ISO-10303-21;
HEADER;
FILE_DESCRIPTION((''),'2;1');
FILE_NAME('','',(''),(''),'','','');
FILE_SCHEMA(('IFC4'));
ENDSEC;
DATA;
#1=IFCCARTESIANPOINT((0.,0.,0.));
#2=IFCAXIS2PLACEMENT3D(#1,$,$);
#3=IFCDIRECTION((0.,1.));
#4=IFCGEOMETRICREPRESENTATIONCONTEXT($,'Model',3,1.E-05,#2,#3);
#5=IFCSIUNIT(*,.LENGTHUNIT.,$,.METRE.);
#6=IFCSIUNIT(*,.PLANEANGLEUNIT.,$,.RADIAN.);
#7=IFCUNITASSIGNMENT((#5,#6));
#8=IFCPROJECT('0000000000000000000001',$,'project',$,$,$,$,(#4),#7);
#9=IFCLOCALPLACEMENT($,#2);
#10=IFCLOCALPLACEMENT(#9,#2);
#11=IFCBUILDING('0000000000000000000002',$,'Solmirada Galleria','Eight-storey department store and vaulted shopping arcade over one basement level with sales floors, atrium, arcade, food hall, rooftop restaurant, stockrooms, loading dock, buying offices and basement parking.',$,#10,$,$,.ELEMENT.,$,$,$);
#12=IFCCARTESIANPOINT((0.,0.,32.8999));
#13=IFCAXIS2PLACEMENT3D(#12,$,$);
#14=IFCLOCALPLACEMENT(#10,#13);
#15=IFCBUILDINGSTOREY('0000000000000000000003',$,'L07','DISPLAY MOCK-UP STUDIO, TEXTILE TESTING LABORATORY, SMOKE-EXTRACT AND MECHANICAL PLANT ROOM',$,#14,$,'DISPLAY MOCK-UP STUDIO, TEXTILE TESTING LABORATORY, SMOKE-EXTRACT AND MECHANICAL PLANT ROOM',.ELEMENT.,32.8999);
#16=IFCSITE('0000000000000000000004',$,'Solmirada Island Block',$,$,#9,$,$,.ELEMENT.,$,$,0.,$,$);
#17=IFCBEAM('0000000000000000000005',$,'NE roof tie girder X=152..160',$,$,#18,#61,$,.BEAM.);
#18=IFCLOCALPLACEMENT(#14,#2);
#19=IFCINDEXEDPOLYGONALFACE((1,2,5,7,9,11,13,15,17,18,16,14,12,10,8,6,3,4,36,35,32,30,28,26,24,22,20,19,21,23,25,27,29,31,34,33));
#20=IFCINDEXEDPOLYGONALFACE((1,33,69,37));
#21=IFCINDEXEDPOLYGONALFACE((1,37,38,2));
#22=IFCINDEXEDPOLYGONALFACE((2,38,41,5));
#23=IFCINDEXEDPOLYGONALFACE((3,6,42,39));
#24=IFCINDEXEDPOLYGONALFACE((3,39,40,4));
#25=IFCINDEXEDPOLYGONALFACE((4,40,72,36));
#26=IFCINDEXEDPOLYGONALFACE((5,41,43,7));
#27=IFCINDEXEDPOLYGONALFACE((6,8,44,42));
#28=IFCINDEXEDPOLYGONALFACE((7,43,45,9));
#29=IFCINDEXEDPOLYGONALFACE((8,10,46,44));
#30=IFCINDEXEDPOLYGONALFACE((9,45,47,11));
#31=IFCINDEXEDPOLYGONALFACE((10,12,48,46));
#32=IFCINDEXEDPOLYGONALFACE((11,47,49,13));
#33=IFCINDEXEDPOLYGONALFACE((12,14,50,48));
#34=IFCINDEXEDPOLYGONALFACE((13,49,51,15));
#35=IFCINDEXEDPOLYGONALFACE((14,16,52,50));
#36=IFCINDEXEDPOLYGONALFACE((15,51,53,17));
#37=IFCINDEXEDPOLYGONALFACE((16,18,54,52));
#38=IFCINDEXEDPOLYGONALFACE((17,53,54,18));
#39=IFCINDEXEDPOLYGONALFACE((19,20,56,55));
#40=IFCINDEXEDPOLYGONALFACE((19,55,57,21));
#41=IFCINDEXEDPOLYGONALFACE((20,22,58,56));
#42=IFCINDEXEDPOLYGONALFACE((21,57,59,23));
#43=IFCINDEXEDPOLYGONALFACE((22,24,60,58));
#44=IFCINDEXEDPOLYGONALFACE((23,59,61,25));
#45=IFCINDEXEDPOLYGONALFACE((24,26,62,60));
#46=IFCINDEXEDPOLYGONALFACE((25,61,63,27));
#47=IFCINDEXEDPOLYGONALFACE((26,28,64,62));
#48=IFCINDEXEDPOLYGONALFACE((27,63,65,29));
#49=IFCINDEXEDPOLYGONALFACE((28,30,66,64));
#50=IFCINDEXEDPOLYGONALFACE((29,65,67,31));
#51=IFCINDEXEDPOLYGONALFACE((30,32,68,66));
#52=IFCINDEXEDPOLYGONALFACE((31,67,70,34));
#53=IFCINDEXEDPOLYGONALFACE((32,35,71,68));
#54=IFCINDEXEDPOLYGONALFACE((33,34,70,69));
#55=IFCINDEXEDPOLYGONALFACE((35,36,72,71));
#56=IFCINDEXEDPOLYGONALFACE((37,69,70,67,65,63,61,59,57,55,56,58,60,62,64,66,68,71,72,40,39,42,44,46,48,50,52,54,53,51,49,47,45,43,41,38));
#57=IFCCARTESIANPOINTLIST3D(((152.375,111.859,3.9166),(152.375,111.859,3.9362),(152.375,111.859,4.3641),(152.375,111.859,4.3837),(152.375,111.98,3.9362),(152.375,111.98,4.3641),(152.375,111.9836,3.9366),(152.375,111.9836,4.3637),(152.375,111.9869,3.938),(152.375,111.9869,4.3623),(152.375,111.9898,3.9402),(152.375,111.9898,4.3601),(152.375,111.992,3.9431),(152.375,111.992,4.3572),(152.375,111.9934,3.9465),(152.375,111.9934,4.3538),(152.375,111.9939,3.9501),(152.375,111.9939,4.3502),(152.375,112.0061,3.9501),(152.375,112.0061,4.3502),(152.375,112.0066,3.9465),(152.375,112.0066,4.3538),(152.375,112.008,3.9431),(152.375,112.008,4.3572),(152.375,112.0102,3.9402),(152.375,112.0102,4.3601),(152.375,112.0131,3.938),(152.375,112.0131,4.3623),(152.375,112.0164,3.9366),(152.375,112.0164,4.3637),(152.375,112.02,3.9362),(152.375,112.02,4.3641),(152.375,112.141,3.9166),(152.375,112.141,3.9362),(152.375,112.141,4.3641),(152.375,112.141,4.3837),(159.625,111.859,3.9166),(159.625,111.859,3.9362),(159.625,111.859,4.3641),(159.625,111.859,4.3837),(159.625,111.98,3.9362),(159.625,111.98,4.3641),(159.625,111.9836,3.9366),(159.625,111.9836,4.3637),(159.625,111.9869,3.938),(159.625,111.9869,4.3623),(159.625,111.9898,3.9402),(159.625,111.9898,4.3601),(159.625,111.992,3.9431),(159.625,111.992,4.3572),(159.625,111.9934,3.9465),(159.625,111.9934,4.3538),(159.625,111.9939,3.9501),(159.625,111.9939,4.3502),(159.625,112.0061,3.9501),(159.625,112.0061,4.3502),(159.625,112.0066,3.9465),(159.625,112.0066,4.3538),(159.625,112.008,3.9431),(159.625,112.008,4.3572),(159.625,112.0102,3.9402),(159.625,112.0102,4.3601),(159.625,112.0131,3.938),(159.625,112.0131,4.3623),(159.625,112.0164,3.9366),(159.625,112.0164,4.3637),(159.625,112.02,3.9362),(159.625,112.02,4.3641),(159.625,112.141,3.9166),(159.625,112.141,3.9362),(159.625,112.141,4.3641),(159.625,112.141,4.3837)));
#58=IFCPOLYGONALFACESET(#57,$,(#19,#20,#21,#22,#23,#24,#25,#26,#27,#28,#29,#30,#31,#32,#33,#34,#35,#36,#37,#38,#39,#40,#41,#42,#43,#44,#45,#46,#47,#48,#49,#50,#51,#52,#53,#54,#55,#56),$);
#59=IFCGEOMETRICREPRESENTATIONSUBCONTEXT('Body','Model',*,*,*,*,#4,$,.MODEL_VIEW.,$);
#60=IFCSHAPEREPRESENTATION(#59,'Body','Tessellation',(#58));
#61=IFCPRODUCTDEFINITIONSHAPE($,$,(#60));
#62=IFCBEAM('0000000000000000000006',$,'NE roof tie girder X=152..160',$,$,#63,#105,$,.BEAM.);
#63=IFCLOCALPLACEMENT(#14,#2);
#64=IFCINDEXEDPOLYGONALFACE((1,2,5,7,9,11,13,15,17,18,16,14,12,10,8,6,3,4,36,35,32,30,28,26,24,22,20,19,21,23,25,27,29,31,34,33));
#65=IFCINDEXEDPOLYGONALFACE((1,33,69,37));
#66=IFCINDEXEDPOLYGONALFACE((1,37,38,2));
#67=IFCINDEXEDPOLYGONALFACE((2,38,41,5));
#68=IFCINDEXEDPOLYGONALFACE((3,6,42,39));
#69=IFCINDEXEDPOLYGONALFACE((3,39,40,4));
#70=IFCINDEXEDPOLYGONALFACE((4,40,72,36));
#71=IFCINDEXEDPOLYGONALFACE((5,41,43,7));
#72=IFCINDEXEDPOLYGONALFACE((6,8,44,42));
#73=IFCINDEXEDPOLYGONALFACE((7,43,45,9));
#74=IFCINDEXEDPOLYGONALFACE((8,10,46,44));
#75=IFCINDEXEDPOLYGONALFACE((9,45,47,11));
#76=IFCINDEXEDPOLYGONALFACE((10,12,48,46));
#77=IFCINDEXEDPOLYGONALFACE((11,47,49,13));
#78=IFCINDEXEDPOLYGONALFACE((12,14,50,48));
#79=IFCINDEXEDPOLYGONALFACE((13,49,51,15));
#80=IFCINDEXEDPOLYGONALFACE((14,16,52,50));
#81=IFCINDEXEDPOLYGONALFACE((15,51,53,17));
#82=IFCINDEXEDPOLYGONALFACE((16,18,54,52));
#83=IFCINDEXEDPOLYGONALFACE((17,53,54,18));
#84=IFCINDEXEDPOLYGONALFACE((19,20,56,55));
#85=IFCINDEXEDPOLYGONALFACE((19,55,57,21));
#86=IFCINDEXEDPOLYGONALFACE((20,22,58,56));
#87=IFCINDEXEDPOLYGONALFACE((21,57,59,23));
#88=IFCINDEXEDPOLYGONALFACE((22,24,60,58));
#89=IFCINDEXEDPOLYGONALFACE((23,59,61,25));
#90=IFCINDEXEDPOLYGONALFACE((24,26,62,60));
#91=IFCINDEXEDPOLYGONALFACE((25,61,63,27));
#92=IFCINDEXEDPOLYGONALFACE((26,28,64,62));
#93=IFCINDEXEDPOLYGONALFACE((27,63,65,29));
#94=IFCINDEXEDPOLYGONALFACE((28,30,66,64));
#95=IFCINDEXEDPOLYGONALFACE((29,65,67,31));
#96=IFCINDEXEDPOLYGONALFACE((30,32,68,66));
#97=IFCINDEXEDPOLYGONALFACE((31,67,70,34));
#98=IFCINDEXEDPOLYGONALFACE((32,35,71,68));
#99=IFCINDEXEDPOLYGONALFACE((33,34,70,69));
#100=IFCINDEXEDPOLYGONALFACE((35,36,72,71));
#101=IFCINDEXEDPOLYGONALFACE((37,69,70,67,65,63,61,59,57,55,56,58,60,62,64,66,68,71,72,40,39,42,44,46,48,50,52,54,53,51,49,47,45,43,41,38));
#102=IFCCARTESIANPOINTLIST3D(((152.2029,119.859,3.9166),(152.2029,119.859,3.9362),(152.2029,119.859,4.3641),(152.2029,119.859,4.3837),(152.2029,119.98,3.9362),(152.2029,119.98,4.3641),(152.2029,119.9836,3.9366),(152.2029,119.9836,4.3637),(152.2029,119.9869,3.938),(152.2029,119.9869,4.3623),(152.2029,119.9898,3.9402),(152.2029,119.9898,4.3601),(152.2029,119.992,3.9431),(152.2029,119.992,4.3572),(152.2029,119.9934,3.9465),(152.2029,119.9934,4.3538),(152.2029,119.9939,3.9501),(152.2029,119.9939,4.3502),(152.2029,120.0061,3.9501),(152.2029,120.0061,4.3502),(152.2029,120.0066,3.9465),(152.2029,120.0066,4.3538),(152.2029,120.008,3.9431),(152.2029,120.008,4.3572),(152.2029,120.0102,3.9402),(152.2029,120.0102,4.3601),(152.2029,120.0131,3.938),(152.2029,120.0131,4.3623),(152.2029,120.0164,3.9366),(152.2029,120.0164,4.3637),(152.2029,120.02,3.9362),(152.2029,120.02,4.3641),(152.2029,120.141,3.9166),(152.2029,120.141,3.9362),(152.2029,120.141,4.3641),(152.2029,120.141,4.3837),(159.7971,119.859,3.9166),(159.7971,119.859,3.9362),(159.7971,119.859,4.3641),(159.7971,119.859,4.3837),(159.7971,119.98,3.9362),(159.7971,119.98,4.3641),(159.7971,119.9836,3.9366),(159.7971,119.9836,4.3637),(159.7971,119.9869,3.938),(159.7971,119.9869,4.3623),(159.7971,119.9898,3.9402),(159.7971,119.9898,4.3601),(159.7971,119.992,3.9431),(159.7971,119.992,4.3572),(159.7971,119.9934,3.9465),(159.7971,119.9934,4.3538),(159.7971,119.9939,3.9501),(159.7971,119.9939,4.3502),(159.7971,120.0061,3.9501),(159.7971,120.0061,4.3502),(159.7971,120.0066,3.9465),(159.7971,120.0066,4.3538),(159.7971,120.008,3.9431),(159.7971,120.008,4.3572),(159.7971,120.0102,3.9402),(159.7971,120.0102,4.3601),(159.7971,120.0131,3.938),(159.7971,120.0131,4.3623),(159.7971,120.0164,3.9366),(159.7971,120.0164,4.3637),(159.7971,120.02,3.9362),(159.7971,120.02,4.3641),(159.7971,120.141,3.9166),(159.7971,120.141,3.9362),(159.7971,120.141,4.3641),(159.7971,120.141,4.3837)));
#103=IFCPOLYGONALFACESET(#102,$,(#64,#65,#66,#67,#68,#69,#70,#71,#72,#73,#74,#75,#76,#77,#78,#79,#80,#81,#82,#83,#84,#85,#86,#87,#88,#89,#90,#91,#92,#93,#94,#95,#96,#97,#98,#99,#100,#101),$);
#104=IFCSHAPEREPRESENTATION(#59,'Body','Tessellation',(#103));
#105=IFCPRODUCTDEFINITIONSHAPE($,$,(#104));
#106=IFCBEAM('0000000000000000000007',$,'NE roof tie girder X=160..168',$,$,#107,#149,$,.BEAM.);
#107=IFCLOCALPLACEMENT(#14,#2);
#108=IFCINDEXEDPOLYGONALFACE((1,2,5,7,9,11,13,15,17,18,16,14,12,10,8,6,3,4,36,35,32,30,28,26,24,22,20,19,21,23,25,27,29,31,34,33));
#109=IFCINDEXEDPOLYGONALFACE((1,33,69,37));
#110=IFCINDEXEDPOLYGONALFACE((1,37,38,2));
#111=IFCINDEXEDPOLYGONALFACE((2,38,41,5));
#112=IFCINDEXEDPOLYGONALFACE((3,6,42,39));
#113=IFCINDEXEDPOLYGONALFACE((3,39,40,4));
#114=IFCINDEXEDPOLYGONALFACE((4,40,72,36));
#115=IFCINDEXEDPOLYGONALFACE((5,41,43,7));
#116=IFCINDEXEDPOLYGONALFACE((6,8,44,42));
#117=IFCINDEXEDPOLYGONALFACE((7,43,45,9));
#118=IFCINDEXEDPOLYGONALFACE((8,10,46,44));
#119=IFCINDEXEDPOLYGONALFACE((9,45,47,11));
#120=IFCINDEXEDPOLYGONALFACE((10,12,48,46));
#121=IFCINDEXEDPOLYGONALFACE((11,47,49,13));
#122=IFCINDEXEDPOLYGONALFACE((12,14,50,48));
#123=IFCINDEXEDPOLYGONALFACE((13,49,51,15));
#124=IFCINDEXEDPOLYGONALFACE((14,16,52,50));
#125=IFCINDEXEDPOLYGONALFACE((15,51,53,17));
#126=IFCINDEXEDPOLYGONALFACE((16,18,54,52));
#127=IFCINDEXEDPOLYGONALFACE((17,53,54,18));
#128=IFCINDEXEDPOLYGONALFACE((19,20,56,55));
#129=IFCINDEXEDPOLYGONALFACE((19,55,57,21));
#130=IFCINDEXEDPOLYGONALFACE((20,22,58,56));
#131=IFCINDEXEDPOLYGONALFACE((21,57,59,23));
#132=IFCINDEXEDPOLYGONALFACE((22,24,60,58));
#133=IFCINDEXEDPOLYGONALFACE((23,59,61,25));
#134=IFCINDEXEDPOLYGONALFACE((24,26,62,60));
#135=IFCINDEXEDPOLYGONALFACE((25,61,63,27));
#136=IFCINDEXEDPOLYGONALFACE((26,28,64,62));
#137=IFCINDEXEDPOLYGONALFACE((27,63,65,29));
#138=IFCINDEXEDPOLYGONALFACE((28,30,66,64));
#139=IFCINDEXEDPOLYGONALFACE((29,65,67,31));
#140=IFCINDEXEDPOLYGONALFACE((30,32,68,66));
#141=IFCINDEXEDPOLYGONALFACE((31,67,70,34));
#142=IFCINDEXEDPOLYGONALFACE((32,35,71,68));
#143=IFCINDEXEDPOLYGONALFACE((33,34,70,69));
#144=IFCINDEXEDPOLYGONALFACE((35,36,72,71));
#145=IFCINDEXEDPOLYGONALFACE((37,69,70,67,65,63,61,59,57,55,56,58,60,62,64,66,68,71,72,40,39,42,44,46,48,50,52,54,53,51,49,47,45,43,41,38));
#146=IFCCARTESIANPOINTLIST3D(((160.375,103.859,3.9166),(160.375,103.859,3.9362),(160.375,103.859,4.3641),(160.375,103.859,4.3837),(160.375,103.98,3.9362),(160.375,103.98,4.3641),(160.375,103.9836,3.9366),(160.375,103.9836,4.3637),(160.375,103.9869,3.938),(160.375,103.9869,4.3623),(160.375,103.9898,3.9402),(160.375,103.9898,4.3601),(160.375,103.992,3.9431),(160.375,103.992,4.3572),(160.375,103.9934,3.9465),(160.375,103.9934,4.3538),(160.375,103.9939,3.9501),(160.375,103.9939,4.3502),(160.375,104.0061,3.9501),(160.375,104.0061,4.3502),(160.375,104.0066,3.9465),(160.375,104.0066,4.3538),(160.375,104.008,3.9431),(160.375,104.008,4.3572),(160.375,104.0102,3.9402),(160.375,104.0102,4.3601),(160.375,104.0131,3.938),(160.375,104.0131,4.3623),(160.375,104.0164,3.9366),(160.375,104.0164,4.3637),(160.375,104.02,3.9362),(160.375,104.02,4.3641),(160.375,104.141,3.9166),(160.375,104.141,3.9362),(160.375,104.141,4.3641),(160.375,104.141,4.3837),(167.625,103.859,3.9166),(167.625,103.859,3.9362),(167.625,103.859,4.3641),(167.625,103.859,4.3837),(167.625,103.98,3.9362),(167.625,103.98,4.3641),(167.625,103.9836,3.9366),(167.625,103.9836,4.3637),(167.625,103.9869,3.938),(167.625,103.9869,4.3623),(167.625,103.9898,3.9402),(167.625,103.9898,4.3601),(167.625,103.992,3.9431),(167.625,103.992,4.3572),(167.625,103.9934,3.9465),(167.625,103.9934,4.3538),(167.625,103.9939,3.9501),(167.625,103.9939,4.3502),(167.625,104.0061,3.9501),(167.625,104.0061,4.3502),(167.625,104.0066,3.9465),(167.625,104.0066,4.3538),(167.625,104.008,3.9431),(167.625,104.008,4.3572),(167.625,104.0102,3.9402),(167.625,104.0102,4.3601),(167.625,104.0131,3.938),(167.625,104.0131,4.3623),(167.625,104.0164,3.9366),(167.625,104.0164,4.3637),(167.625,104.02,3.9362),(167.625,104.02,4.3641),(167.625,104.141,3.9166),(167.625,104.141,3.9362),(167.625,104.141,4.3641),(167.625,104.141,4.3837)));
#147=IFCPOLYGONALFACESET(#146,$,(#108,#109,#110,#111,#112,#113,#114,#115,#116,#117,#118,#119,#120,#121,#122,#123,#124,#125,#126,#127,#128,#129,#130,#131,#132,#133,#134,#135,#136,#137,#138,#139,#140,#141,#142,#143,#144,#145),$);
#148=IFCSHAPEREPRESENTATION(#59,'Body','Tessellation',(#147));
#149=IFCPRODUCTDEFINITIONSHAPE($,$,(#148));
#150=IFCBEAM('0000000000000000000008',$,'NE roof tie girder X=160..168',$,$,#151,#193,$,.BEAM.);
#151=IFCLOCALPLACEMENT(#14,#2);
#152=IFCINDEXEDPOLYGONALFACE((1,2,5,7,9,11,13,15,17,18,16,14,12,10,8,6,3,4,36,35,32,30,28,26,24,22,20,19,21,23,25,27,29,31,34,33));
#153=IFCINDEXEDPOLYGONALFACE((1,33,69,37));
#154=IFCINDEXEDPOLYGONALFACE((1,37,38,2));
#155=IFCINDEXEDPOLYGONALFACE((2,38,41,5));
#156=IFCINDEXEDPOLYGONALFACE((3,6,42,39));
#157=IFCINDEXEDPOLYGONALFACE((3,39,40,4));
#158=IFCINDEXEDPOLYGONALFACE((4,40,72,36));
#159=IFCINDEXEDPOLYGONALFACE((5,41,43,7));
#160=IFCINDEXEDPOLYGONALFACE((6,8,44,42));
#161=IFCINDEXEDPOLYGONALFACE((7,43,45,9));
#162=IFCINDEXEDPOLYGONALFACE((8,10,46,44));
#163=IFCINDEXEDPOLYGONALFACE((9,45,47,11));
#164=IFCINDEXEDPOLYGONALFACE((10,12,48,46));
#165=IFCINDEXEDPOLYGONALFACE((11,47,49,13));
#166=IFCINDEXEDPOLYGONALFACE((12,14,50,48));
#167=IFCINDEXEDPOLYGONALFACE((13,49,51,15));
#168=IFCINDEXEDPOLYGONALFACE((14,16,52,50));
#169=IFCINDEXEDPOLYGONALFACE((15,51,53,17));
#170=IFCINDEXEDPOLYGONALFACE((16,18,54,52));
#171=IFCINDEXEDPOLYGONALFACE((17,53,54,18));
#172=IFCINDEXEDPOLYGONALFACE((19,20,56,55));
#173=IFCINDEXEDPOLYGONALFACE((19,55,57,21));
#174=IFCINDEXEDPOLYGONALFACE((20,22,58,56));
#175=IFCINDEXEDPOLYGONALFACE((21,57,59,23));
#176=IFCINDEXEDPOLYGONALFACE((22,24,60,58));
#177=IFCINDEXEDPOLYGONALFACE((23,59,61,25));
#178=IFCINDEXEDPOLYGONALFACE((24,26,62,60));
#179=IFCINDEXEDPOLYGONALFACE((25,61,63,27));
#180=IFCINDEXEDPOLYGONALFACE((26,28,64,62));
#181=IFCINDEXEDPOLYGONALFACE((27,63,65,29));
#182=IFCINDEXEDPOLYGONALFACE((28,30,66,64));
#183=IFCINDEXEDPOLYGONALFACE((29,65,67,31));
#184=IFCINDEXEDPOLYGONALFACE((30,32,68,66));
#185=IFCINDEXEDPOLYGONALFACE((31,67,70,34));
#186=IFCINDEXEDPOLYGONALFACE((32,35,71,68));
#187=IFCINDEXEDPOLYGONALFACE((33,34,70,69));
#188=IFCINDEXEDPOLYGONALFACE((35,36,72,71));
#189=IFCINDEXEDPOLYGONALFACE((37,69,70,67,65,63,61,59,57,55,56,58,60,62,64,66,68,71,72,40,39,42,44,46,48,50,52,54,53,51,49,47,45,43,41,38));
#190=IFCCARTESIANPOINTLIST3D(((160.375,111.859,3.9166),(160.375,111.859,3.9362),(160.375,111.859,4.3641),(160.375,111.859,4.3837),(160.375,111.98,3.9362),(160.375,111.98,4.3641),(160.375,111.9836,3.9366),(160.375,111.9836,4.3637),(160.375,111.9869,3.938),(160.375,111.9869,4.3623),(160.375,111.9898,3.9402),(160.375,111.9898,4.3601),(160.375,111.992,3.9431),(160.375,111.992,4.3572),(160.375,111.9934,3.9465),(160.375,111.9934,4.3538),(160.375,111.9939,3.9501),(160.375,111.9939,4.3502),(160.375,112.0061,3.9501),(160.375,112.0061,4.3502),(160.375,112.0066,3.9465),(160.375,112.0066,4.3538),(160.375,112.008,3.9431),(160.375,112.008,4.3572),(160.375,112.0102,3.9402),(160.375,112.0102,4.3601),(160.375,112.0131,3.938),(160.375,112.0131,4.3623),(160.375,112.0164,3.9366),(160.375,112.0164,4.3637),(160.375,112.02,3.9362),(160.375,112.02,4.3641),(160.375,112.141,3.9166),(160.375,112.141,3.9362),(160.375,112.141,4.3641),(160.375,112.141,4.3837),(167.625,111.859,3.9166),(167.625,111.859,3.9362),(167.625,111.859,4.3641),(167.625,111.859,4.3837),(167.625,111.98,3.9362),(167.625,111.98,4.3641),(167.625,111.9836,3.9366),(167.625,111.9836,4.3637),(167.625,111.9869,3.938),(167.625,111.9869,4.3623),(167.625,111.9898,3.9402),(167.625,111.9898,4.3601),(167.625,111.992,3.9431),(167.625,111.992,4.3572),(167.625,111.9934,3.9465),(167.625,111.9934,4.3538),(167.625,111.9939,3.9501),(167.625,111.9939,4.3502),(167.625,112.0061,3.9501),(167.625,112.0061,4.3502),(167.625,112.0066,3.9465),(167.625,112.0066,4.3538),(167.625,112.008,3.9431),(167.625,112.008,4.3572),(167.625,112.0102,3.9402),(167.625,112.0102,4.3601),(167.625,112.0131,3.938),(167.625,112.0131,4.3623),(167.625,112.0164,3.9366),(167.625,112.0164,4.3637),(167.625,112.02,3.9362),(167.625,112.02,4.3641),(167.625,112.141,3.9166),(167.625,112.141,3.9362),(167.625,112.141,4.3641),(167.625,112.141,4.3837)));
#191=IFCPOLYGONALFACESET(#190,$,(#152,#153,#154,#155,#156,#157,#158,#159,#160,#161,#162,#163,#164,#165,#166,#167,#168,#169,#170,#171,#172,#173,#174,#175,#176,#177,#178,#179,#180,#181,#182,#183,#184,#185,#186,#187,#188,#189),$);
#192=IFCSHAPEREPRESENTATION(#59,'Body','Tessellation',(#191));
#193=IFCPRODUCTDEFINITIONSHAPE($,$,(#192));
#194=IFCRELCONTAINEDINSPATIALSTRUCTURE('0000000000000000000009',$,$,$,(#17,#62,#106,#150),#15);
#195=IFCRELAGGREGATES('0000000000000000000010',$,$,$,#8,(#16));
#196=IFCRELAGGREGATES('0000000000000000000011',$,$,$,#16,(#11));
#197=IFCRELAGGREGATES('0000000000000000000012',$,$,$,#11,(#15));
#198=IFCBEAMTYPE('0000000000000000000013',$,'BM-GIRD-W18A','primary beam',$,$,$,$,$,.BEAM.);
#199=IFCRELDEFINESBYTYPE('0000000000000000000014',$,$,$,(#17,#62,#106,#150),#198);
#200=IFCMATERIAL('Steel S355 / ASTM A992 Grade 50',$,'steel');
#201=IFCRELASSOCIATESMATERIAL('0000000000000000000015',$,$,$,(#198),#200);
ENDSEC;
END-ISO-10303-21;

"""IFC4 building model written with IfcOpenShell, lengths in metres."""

from ifc_helpers import new_model, si_unit, direction, frame, origin, origin_2d, place, context, subcontext, project, spatial, i_section, extrude, material, material_profile, profile_set, type_object, element, save


model = new_model("IFC4")

# Units and contexts
model_context = context("Model", 3, precision=1e-05, world=origin(), true_north=direction((0.0, 1.0)))
body_context = subcontext(model_context, "Body", "Model", "MODEL_VIEW")
ifc_project = project(units=[si_unit("LENGTHUNIT", "METRE"), si_unit("PLANEANGLEUNIT", "RADIAN")], contexts=[model_context])

# Site, building, storey
site_placement = place(None, origin())
site = spatial("IfcSite", under=ifc_project, at=site_placement, Name="Solmirada Island Block", CompositionType="ELEMENT", RefElevation=0.0)
building_placement = place(site_placement, origin())
building = spatial("IfcBuilding", under=site, at=building_placement, Name="Solmirada Galleria", Description="Eight-storey department store and vaulted shopping arcade over one basement level with sales floors, atrium, arcade, food hall, rooftop restaurant, stockrooms, loading dock, buying offices and basement parking.", CompositionType="ELEMENT")
storey_placement = place(building_placement, frame((0.0, 0.0, 32.8999)))
storey = spatial("IfcBuildingStorey", under=building, at=storey_placement, Name="L07", Description="DISPLAY MOCK-UP STUDIO, TEXTILE TESTING LABORATORY, SMOKE-EXTRACT AND MECHANICAL PLANT ROOM", LongName="DISPLAY MOCK-UP STUDIO, TEXTILE TESTING LABORATORY, SMOKE-EXTRACT AND MECHANICAL PLANT ROOM", CompositionType="ELEMENT", Elevation=32.8999)

# Beams
ifc_material_1 = material(Name="Steel S355 / ASTM A992 Grade 50", Category="steel")
ifc_material_profile_1 = material_profile(ifc_material_1, i_section(OverallWidth=0.282, OverallDepth=0.467, WebThickness=0.0122, FlangeThickness=0.0195, FilletRadius=0.0139, at=origin_2d()), Name="W18X86")
ifc_profile_set_1 = profile_set([ifc_material_profile_1], Name="Steel S355 / ASTM A992 Grade 50")
beam_type = type_object("IfcBeamType", Name="BM-GIRD-W18A", Description="primary beam", PredefinedType="BEAM", material=ifc_profile_set_1)
for number, where, z_axis, x_axis, name in (
    (1, (152.375, 112.0, 4.1501), (1.0, 0.0, 0.0), (0.0, 1.0, 0.0), "NE roof tie girder X=152..160"),
):
    element("IfcBeam", number, at=place(storey_placement, frame(where, z_axis=z_axis, x_axis=x_axis)), inside=storey, type_object=beam_type, Name=name, PredefinedType="BEAM", context=body_context, shape_type="SweptSolid", body=[
        extrude(i_section(OverallWidth=0.282, OverallDepth=0.467, WebThickness=0.0122, FlangeThickness=0.0195, FilletRadius=0.0139, at=origin_2d()), origin(), (0.0, 0.0, 1.0), 7.25),
    ])
beam_1_placement = place(storey_placement, frame((152.2029, 120.0, 4.1501), z_axis=(1.0, 0.0, 0.0), x_axis=(0.0, 1.0, 0.0)))
element("IfcBeam", 2, at=beam_1_placement, inside=storey, type_object=beam_type, Name="NE roof tie girder X=152..160", PredefinedType="BEAM", context=body_context, shape_type="SweptSolid", body=[
    extrude(i_section(OverallWidth=0.282, OverallDepth=0.467, WebThickness=0.0122, FlangeThickness=0.0195, FilletRadius=0.0139, at=origin_2d()), origin(), (0.0, 0.0, 1.0), 7.5942),
])
for number, where, z_axis, x_axis, name in (
    (3, (160.375, 104.0, 4.1501), (1.0, 0.0, 0.0), (0.0, 1.0, 0.0), "NE roof tie girder X=160..168"),
    (4, (160.375, 112.0, 4.1501), (1.0, 0.0, 0.0), (0.0, 1.0, 0.0), "NE roof tie girder X=160..168"),
):
    element("IfcBeam", number, at=place(storey_placement, frame(where, z_axis=z_axis, x_axis=x_axis)), inside=storey, type_object=beam_type, Name=name, PredefinedType="BEAM", context=body_context, shape_type="SweptSolid", body=[
        extrude(i_section(OverallWidth=0.282, OverallDepth=0.467, WebThickness=0.0122, FlangeThickness=0.0195, FilletRadius=0.0139, at=origin_2d()), origin(), (0.0, 0.0, 1.0), 7.25),
    ])

save(model, "model.ifc")
